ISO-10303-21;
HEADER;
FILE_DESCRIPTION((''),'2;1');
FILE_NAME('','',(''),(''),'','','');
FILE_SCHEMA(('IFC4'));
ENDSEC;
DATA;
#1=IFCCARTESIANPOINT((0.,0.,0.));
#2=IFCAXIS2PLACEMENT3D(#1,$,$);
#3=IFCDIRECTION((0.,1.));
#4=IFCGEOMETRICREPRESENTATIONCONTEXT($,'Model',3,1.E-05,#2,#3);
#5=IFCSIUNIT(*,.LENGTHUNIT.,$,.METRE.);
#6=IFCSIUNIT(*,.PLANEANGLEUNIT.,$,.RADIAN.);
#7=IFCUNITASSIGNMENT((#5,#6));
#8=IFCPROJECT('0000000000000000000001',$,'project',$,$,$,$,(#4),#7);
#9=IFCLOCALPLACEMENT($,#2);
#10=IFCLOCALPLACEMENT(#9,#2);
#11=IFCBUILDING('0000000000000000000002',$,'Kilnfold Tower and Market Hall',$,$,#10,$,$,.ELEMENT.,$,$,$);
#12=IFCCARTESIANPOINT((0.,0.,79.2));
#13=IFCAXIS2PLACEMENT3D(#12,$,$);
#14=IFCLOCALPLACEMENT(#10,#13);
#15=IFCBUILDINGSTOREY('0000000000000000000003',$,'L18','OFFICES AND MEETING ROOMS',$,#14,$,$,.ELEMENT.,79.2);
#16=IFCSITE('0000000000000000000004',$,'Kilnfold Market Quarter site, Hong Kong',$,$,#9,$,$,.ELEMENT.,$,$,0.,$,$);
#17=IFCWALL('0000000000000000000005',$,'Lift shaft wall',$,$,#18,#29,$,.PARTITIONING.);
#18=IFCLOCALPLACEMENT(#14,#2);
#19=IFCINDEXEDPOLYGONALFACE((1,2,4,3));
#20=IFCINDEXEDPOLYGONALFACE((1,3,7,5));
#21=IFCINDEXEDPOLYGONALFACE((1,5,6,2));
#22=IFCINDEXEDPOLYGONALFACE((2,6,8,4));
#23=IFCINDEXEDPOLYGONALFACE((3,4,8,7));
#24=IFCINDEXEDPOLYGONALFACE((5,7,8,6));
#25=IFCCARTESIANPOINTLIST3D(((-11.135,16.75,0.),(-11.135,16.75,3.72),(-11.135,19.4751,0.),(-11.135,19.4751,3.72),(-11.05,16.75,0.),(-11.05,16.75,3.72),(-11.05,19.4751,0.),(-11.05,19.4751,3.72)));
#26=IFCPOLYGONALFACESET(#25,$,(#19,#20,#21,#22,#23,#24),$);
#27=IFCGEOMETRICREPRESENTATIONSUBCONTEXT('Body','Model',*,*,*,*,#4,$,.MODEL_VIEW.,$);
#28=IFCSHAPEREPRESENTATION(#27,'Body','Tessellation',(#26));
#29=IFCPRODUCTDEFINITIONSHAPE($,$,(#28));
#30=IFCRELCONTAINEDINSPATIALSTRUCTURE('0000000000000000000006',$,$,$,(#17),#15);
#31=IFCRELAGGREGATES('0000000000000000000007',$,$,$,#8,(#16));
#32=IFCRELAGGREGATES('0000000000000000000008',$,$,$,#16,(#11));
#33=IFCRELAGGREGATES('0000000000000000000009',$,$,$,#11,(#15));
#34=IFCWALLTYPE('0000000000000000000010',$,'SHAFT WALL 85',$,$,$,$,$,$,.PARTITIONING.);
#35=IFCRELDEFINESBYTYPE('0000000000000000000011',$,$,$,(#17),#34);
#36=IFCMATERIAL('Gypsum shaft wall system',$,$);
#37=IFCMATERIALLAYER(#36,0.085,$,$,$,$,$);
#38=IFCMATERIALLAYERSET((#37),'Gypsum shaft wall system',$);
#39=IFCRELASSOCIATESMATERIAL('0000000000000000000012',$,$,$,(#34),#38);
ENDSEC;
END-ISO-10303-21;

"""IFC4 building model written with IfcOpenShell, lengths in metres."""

from ifc_helpers import new_model, si_unit, direction, frame, frame_2d, origin, place, context, subcontext, project, spatial, rectangle, extrude, source, transform, mapped, material, layer, layer_set, type_object, element, save


model = new_model("IFC4")

# Units and contexts
model_context = context("Model", 3, precision=1e-05, world=origin(), true_north=direction((0.0, 1.0)))
body_context = subcontext(model_context, "Body", "Model", "MODEL_VIEW")
ifc_project = project(units=[si_unit("LENGTHUNIT", "METRE"), si_unit("PLANEANGLEUNIT", "RADIAN")], contexts=[model_context])

# Site, building, storey
site_placement = place(None, origin())
site = spatial("IfcSite", under=ifc_project, at=site_placement, Name="Kilnfold Market Quarter site, Hong Kong", CompositionType="ELEMENT", RefElevation=0.0)
building_placement = place(site_placement, origin())
building = spatial("IfcBuilding", under=site, at=building_placement, Name="Kilnfold Tower and Market Hall", CompositionType="ELEMENT")
storey_placement = place(building_placement, frame((0.0, 0.0, 79.2)))
storey = spatial("IfcBuildingStorey", under=building, at=storey_placement, Name="L18", Description="OFFICES AND MEETING ROOMS", CompositionType="ELEMENT", Elevation=79.2)

# Wall
ifc_material_1 = material(Name="Gypsum shaft wall system")
ifc_layer_1 = layer(ifc_material_1, 0.085)
ifc_layer_set_1 = layer_set([ifc_layer_1], Name="Gypsum shaft wall system")
wall_type_1 = type_object("IfcWallType", Name="SHAFT WALL 85", PredefinedType="PARTITIONING", material=ifc_layer_set_1)
shared_shape_1 = source(origin(), body_context, "Body", "SweptSolid", [
    extrude(rectangle(XDim=2.7251, YDim=0.085, at=frame_2d((1.3625, 0.0))), origin(), (0.0, 0.0, 1.0), 3.72),
])
wall_1_placement = place(storey_placement, frame((-11.0925, 16.75, 0.0), z_axis=(0.0, 0.0, 1.0), x_axis=(0.0, 1.0, 0.0)))
element("IfcWall", 1, at=wall_1_placement, inside=storey, type_object=wall_type_1, Name="Lift shaft wall", PredefinedType="PARTITIONING", context=body_context, shape_type="MappedRepresentation", body=[
    mapped(shared_shape_1, transform((0.0, 0.0, 0.0))),
])

save(model, "model.ifc")
